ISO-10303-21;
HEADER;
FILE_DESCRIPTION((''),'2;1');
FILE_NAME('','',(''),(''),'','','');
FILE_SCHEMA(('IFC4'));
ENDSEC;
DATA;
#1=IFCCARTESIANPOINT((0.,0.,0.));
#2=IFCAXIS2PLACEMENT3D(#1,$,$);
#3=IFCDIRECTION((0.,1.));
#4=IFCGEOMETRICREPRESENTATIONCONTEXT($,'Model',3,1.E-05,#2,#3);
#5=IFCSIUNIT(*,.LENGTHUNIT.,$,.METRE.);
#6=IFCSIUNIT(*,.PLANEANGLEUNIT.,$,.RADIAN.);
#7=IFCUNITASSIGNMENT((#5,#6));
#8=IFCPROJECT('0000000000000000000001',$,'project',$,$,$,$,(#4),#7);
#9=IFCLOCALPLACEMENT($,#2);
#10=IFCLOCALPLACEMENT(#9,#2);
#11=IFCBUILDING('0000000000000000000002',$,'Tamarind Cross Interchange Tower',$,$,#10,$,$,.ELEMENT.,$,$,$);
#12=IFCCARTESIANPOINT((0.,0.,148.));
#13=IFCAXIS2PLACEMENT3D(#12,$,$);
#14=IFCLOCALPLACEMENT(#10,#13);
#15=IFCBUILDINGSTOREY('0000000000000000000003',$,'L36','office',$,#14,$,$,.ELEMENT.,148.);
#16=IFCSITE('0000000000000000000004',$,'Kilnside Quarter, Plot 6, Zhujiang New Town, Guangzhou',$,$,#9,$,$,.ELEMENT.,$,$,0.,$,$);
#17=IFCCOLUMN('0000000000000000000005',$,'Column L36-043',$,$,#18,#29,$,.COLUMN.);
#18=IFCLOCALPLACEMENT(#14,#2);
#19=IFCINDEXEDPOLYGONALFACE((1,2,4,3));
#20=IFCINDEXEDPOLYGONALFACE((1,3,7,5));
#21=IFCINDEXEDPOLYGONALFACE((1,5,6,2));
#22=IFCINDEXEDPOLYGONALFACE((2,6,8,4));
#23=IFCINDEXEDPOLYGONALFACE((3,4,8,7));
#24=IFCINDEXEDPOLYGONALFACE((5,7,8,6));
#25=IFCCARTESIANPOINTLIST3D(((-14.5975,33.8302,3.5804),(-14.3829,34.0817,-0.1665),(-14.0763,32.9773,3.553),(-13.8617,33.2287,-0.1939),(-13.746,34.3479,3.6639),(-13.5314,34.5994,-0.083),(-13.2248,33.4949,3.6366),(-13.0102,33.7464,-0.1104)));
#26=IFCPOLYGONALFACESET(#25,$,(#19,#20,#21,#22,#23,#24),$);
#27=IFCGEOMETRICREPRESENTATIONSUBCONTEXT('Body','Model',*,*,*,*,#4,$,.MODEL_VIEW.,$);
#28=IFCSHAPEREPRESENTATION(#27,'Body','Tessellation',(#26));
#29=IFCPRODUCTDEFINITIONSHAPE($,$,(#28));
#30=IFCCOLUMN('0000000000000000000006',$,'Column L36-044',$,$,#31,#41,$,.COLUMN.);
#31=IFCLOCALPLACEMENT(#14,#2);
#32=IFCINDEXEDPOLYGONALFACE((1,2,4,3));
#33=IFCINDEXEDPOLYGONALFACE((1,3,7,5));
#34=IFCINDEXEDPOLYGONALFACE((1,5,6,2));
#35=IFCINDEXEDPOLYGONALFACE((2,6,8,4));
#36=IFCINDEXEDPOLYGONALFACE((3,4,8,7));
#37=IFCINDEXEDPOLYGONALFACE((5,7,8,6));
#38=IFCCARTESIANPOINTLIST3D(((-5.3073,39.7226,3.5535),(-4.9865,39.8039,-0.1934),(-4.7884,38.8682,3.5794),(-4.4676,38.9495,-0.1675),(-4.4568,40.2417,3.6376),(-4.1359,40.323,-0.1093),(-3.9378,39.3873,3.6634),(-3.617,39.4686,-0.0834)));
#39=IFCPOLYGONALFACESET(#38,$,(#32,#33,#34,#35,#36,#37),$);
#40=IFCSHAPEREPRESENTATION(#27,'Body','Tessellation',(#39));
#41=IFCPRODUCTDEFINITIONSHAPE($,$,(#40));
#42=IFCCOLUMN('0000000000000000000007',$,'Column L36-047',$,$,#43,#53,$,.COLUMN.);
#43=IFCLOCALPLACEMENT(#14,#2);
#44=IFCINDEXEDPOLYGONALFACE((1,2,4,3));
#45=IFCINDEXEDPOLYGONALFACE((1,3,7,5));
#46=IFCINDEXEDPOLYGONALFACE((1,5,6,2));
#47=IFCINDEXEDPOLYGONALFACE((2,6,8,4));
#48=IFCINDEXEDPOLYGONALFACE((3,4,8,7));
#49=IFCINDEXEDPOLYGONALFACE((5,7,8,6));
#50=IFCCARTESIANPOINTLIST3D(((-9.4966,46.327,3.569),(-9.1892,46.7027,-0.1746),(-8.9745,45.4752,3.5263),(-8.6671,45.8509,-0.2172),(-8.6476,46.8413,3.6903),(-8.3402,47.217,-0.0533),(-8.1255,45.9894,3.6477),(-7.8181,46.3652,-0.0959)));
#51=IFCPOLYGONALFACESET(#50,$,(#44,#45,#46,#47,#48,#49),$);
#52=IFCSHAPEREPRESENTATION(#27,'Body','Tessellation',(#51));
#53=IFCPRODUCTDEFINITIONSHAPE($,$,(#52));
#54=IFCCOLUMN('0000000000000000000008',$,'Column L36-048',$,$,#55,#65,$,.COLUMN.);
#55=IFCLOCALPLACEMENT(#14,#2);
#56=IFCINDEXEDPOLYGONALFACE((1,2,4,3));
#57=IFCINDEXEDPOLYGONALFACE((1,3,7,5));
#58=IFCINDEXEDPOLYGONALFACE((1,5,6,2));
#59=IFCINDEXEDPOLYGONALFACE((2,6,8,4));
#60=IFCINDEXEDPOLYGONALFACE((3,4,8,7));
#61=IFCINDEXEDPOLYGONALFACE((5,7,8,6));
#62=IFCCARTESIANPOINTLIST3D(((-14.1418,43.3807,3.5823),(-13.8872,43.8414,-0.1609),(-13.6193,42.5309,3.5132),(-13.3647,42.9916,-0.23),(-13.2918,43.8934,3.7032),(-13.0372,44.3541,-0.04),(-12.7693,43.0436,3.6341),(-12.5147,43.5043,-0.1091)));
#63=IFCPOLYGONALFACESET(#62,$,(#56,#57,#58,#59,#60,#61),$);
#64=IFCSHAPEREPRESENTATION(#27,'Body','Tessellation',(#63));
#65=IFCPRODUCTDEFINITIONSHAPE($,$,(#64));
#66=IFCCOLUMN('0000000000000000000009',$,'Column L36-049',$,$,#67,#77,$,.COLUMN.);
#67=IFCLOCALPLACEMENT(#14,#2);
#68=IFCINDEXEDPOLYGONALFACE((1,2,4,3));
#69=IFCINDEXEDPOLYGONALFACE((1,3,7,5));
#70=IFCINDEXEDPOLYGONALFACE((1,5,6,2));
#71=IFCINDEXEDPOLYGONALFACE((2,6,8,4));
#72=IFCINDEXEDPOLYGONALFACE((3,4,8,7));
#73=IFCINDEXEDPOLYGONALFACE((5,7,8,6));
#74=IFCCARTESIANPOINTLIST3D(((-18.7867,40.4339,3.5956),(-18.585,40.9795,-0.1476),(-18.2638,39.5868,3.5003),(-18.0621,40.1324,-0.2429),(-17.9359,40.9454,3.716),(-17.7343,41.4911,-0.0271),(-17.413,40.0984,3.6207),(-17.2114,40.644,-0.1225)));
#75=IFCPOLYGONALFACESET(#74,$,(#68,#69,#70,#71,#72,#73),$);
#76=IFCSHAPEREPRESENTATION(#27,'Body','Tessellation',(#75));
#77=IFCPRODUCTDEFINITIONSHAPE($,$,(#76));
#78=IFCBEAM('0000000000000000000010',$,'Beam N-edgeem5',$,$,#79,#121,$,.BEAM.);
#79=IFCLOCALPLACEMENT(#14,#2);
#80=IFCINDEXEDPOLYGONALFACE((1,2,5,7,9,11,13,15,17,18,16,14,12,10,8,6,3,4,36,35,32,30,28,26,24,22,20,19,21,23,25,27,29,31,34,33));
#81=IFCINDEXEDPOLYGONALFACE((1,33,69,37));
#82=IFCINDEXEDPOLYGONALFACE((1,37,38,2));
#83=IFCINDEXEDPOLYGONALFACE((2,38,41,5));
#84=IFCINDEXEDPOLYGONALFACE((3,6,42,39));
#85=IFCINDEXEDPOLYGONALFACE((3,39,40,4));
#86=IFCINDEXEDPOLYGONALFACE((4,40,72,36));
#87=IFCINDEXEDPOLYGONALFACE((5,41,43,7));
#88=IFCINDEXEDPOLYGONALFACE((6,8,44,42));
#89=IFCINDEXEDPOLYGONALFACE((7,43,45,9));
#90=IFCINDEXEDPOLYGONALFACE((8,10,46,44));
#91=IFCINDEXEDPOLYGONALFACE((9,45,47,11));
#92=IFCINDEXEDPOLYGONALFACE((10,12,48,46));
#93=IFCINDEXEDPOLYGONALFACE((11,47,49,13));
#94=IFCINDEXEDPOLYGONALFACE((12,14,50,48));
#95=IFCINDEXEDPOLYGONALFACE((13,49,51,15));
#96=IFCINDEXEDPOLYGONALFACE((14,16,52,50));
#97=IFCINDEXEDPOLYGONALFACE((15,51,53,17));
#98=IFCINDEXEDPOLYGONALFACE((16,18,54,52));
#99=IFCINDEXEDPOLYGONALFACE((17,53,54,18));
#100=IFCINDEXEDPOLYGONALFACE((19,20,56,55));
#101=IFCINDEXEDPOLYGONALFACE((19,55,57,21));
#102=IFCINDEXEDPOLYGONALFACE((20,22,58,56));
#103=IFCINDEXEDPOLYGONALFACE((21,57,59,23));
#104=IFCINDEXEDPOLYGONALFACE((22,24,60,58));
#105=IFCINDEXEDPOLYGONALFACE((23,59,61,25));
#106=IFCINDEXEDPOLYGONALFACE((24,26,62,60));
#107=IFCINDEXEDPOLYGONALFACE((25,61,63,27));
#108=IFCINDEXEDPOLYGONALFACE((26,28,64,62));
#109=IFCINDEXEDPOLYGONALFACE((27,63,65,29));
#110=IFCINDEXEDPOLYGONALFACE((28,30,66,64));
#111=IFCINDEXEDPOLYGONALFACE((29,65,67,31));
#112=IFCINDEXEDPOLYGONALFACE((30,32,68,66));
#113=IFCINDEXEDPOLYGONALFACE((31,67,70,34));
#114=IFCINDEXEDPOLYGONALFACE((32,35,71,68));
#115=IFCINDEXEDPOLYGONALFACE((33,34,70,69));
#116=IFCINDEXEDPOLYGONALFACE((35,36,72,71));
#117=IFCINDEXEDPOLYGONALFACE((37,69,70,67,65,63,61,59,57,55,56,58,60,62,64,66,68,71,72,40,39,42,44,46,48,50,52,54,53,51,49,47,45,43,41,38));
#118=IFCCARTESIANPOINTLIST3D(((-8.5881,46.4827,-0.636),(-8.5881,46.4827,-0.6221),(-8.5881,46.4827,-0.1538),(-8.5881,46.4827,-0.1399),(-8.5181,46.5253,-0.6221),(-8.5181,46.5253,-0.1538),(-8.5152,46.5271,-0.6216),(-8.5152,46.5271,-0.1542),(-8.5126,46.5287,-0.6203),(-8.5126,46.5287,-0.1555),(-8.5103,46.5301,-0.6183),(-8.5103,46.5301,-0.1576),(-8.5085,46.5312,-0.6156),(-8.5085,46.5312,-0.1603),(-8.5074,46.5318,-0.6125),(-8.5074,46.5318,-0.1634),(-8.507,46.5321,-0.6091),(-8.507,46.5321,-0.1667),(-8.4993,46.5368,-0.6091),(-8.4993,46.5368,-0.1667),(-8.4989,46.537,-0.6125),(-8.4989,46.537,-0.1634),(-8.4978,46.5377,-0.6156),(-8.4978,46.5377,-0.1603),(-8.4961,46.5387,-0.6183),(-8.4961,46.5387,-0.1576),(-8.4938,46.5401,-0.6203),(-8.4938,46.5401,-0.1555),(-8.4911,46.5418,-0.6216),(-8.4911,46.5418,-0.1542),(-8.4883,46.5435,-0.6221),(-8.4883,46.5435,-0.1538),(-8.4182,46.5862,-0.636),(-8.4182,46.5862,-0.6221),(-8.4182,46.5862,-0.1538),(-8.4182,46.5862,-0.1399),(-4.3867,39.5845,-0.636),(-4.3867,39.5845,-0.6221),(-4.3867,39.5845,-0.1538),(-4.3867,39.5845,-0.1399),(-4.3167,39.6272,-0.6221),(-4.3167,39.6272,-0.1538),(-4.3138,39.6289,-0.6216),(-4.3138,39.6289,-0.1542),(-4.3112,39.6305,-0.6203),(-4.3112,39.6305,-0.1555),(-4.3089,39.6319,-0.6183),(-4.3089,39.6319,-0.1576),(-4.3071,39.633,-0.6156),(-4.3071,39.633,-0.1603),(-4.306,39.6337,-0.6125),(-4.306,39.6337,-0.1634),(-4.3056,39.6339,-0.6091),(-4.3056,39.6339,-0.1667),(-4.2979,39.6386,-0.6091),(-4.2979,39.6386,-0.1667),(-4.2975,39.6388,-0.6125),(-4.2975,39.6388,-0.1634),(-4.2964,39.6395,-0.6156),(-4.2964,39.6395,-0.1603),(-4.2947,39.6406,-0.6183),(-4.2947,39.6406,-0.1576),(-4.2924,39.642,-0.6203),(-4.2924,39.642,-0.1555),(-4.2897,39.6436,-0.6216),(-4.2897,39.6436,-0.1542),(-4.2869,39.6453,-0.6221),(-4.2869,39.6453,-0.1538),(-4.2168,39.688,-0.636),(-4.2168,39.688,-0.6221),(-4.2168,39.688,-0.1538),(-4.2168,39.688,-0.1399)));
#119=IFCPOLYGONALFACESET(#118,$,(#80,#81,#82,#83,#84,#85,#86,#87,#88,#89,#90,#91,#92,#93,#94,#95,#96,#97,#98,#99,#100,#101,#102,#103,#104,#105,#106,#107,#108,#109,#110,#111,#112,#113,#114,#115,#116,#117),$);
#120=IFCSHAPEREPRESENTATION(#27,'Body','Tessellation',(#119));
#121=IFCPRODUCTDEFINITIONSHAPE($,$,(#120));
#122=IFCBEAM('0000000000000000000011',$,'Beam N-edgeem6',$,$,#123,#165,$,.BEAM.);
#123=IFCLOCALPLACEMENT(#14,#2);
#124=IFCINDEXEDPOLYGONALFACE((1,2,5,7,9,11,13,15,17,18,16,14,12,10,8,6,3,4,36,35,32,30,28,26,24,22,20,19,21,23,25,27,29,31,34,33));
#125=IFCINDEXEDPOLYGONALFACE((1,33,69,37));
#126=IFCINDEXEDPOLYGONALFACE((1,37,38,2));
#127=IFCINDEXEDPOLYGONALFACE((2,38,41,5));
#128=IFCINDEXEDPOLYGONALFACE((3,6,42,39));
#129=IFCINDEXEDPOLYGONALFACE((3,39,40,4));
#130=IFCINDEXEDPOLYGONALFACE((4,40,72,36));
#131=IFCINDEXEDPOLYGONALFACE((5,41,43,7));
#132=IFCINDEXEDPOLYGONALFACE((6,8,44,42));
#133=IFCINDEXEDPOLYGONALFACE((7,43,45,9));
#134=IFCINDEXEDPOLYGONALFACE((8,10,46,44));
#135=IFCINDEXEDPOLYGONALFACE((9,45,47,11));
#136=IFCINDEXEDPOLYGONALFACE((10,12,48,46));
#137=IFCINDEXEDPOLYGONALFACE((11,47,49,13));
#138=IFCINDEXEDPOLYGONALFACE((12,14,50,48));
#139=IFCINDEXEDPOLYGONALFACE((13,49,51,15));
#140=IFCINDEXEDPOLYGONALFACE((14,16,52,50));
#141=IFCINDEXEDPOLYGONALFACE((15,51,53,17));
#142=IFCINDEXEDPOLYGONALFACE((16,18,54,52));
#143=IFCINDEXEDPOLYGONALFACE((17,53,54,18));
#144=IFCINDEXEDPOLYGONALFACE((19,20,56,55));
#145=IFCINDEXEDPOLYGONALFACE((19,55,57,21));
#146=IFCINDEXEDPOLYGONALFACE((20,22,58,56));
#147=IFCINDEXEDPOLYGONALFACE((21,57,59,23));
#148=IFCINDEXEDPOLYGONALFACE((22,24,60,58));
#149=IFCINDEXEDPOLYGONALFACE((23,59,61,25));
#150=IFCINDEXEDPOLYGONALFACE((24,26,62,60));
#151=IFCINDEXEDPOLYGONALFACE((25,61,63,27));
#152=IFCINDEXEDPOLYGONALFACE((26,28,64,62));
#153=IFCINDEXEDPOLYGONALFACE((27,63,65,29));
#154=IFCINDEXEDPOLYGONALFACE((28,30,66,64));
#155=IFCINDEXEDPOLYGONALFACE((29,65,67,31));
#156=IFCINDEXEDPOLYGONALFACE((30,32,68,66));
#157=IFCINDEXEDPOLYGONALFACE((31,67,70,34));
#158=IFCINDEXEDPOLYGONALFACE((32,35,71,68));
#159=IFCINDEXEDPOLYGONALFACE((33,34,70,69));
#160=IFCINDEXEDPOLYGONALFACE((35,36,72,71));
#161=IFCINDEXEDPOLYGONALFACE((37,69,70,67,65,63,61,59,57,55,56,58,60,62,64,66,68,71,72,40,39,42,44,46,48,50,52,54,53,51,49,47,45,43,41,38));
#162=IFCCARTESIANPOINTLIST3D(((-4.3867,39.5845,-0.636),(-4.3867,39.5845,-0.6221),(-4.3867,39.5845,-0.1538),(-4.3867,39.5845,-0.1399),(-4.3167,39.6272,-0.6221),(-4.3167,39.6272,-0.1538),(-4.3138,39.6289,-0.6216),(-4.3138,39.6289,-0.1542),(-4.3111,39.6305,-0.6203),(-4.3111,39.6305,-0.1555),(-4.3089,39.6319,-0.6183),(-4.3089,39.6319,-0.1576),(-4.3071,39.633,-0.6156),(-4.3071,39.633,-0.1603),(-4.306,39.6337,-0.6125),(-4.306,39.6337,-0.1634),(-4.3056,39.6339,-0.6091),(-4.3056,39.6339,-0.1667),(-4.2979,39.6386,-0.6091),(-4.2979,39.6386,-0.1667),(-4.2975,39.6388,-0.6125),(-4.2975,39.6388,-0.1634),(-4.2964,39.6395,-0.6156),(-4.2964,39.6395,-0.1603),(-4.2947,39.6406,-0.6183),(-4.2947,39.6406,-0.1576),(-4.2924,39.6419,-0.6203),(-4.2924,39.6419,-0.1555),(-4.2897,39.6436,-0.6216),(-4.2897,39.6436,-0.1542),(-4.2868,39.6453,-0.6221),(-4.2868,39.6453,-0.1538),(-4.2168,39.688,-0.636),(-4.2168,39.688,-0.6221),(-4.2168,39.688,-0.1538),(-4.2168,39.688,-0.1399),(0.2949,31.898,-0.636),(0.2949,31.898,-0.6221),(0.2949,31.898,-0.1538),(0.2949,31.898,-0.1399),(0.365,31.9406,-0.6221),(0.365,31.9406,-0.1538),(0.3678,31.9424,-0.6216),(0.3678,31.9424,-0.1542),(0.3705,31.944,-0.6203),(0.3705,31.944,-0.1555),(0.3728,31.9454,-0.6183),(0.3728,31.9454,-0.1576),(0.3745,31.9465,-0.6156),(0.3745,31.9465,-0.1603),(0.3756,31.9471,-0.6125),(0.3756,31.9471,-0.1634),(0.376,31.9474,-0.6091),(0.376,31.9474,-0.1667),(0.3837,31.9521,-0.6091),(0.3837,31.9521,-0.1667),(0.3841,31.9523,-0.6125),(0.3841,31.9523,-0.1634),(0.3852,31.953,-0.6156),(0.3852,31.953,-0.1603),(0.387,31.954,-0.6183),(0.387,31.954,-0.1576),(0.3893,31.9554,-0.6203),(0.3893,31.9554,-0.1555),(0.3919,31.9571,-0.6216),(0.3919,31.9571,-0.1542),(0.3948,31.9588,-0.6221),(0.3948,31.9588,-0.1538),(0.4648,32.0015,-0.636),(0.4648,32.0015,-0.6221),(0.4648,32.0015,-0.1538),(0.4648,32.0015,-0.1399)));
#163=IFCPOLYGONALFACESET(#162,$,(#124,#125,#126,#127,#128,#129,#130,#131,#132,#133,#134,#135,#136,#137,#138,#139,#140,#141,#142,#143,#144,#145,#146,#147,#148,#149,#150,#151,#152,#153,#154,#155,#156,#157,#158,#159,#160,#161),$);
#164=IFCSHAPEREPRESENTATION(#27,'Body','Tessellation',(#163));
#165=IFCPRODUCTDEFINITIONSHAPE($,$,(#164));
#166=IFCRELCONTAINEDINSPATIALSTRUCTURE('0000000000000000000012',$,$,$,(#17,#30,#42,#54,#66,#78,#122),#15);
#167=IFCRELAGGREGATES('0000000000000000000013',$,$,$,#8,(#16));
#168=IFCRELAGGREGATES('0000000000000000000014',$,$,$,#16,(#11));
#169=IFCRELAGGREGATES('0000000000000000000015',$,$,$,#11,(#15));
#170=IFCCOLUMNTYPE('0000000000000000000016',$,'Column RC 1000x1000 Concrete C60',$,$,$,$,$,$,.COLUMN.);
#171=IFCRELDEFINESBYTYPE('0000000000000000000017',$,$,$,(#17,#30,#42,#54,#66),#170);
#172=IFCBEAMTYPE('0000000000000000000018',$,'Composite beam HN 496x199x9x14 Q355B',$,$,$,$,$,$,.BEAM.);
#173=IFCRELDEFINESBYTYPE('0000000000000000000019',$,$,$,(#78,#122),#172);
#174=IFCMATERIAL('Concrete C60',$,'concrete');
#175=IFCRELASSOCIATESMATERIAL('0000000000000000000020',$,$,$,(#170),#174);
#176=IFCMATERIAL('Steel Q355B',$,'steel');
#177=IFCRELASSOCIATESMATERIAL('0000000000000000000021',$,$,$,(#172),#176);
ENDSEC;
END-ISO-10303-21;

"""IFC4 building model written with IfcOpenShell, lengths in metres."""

from ifc_helpers import new_model, si_unit, direction, frame, origin, origin_2d, place, context, subcontext, project, spatial, rectangle, i_section, extrude, material, material_profile, profile_set, type_object, element, save


model = new_model("IFC4")

# Units and contexts
model_context = context("Model", 3, precision=1e-05, world=origin(), true_north=direction((0.0, 1.0)))
body_context = subcontext(model_context, "Body", "Model", "MODEL_VIEW")
ifc_project = project(units=[si_unit("LENGTHUNIT", "METRE"), si_unit("PLANEANGLEUNIT", "RADIAN")], contexts=[model_context])

# Site, building, storey
site_placement = place(None, origin())
site = spatial("IfcSite", under=ifc_project, at=site_placement, Name="Kilnside Quarter, Plot 6, Zhujiang New Town, Guangzhou", CompositionType="ELEMENT", RefElevation=0.0)
building_placement = place(site_placement, origin())
building = spatial("IfcBuilding", under=site, at=building_placement, Name="Tamarind Cross Interchange Tower", CompositionType="ELEMENT")
storey_placement = place(building_placement, frame((0.0, 0.0, 148.0)))
storey = spatial("IfcBuildingStorey", under=building, at=storey_placement, Name="L36", Description="office", CompositionType="ELEMENT", Elevation=148.0)

# Columns
ifc_material_1 = material(Name="Concrete C60", Category="concrete")
ifc_material_profile_1 = material_profile(ifc_material_1, rectangle(XDim=1.0, YDim=1.0, at=origin_2d()), Name="RC 1000x1000")
ifc_profile_set_1 = profile_set([ifc_material_profile_1], Name="Concrete C60")
column_type = type_object("IfcColumnType", Name="Column RC 1000x1000 Concrete C60", PredefinedType="COLUMN", material=ifc_profile_set_1)
for number, where, z_axis, x_axis, name in (
    (1, (-13.6965, 33.9141, -0.1384), (-0.057053, -0.066854, 0.99613), (0.851493, 0.517673, 0.083512), "Column L36-043"),
    (2, (-4.3018, 39.6362, -0.1384), (-0.085287, -0.021614, 0.996122), (0.518932, -0.854423, 0.025891), "Column L36-044"),
):
    element("IfcColumn", number, at=place(storey_placement, frame(where, z_axis=z_axis, x_axis=x_axis)), inside=storey, type_object=column_type, Name=name, PredefinedType="COLUMN", context=body_context, shape_type="SweptSolid", body=[
        extrude(rectangle(XDim=1.0, YDim=1.0, at=origin_2d()), origin(), (0.0, 0.0, 1.0), 3.7615),
    ])
column_1_placement = place(storey_placement, frame((-8.5037, 46.5339, -0.1353), z_axis=(-0.081423, -0.099532, 0.991697), x_axis=(0.848999, 0.514277, 0.121323)))
element("IfcColumn", 3, at=column_1_placement, inside=storey, type_object=column_type, Name="Column L36-047", PredefinedType="COLUMN", context=body_context, shape_type="SweptSolid", body=[
    extrude(rectangle(XDim=1.0, YDim=1.0, at=origin_2d()), origin(), (0.0, 0.0, 1.0), 3.7749),
])
column_2_placement = place(storey_placement, frame((-13.2009, 43.6729, -0.135), z_axis=(-0.067365, -0.121877, 0.990257), x_axis=(0.849982, 0.512744, 0.120929)))
element("IfcColumn", 4, at=column_2_placement, inside=storey, type_object=column_type, Name="Column L36-048", PredefinedType="COLUMN", context=body_context, shape_type="SweptSolid", body=[
    extrude(rectangle(XDim=1.0, YDim=1.0, at=origin_2d()), origin(), (0.0, 0.0, 1.0), 3.78),
])
column_3_placement = place(storey_placement, frame((-17.8982, 40.8118, -0.135), z_axis=(-0.053235, -0.144044, 0.988138), x_axis=(0.850748, 0.511595, 0.12041)))
element("IfcColumn", 5, at=column_3_placement, inside=storey, type_object=column_type, Name="Column L36-049", PredefinedType="COLUMN", context=body_context, shape_type="SweptSolid", body=[
    extrude(rectangle(XDim=1.0, YDim=1.0, at=origin_2d()), origin(), (0.0, 0.0, 1.0), 3.7881),
])

# Beams
ifc_material_2 = material(Name="Steel Q355B", Category="steel")
ifc_material_profile_2 = material_profile(ifc_material_2, i_section(OverallWidth=0.199, OverallDepth=0.4961, WebThickness=0.009, FlangeThickness=0.0139, FilletRadius=0.0129, at=origin_2d()), Name="HN 496x199x9x14")
ifc_profile_set_2 = profile_set([ifc_material_profile_2], Name="Steel Q355B")
beam_type_1 = type_object("IfcBeamType", Name="Composite beam HN 496x199x9x14 Q355B", PredefinedType="BEAM", material=ifc_profile_set_2)
beam_1_placement = place(storey_placement, frame((-8.5032, 46.5344, -0.3879), z_axis=(0.520174, -0.85406, 0.0), x_axis=(0.85406, 0.520174, 0.0)))
element("IfcBeam", 6, at=beam_1_placement, inside=storey, type_object=beam_type_1, Name="Beam N-edgeem5", PredefinedType="BEAM", context=body_context, shape_type="SweptSolid", body=[
    extrude(i_section(OverallWidth=0.199, OverallDepth=0.4961, WebThickness=0.009, FlangeThickness=0.0139, FilletRadius=0.0129, at=origin_2d()), origin(), (0.0, 0.0, 1.0), 8.0769),
])
beam_2_placement = place(storey_placement, frame((-4.3018, 39.6362, -0.3879), z_axis=(0.520181, -0.854056, 0.0), x_axis=(0.854056, 0.520181, 0.0)))
element("IfcBeam", 7, at=beam_2_placement, inside=storey, type_object=beam_type_1, Name="Beam N-edgeem6", PredefinedType="BEAM", context=body_context, shape_type="SweptSolid", body=[
    extrude(i_section(OverallWidth=0.199, OverallDepth=0.4961, WebThickness=0.009, FlangeThickness=0.0139, FilletRadius=0.0129, at=origin_2d()), origin(), (0.0, 0.0, 1.0), 9.0),
])

save(model, "model.ifc")
